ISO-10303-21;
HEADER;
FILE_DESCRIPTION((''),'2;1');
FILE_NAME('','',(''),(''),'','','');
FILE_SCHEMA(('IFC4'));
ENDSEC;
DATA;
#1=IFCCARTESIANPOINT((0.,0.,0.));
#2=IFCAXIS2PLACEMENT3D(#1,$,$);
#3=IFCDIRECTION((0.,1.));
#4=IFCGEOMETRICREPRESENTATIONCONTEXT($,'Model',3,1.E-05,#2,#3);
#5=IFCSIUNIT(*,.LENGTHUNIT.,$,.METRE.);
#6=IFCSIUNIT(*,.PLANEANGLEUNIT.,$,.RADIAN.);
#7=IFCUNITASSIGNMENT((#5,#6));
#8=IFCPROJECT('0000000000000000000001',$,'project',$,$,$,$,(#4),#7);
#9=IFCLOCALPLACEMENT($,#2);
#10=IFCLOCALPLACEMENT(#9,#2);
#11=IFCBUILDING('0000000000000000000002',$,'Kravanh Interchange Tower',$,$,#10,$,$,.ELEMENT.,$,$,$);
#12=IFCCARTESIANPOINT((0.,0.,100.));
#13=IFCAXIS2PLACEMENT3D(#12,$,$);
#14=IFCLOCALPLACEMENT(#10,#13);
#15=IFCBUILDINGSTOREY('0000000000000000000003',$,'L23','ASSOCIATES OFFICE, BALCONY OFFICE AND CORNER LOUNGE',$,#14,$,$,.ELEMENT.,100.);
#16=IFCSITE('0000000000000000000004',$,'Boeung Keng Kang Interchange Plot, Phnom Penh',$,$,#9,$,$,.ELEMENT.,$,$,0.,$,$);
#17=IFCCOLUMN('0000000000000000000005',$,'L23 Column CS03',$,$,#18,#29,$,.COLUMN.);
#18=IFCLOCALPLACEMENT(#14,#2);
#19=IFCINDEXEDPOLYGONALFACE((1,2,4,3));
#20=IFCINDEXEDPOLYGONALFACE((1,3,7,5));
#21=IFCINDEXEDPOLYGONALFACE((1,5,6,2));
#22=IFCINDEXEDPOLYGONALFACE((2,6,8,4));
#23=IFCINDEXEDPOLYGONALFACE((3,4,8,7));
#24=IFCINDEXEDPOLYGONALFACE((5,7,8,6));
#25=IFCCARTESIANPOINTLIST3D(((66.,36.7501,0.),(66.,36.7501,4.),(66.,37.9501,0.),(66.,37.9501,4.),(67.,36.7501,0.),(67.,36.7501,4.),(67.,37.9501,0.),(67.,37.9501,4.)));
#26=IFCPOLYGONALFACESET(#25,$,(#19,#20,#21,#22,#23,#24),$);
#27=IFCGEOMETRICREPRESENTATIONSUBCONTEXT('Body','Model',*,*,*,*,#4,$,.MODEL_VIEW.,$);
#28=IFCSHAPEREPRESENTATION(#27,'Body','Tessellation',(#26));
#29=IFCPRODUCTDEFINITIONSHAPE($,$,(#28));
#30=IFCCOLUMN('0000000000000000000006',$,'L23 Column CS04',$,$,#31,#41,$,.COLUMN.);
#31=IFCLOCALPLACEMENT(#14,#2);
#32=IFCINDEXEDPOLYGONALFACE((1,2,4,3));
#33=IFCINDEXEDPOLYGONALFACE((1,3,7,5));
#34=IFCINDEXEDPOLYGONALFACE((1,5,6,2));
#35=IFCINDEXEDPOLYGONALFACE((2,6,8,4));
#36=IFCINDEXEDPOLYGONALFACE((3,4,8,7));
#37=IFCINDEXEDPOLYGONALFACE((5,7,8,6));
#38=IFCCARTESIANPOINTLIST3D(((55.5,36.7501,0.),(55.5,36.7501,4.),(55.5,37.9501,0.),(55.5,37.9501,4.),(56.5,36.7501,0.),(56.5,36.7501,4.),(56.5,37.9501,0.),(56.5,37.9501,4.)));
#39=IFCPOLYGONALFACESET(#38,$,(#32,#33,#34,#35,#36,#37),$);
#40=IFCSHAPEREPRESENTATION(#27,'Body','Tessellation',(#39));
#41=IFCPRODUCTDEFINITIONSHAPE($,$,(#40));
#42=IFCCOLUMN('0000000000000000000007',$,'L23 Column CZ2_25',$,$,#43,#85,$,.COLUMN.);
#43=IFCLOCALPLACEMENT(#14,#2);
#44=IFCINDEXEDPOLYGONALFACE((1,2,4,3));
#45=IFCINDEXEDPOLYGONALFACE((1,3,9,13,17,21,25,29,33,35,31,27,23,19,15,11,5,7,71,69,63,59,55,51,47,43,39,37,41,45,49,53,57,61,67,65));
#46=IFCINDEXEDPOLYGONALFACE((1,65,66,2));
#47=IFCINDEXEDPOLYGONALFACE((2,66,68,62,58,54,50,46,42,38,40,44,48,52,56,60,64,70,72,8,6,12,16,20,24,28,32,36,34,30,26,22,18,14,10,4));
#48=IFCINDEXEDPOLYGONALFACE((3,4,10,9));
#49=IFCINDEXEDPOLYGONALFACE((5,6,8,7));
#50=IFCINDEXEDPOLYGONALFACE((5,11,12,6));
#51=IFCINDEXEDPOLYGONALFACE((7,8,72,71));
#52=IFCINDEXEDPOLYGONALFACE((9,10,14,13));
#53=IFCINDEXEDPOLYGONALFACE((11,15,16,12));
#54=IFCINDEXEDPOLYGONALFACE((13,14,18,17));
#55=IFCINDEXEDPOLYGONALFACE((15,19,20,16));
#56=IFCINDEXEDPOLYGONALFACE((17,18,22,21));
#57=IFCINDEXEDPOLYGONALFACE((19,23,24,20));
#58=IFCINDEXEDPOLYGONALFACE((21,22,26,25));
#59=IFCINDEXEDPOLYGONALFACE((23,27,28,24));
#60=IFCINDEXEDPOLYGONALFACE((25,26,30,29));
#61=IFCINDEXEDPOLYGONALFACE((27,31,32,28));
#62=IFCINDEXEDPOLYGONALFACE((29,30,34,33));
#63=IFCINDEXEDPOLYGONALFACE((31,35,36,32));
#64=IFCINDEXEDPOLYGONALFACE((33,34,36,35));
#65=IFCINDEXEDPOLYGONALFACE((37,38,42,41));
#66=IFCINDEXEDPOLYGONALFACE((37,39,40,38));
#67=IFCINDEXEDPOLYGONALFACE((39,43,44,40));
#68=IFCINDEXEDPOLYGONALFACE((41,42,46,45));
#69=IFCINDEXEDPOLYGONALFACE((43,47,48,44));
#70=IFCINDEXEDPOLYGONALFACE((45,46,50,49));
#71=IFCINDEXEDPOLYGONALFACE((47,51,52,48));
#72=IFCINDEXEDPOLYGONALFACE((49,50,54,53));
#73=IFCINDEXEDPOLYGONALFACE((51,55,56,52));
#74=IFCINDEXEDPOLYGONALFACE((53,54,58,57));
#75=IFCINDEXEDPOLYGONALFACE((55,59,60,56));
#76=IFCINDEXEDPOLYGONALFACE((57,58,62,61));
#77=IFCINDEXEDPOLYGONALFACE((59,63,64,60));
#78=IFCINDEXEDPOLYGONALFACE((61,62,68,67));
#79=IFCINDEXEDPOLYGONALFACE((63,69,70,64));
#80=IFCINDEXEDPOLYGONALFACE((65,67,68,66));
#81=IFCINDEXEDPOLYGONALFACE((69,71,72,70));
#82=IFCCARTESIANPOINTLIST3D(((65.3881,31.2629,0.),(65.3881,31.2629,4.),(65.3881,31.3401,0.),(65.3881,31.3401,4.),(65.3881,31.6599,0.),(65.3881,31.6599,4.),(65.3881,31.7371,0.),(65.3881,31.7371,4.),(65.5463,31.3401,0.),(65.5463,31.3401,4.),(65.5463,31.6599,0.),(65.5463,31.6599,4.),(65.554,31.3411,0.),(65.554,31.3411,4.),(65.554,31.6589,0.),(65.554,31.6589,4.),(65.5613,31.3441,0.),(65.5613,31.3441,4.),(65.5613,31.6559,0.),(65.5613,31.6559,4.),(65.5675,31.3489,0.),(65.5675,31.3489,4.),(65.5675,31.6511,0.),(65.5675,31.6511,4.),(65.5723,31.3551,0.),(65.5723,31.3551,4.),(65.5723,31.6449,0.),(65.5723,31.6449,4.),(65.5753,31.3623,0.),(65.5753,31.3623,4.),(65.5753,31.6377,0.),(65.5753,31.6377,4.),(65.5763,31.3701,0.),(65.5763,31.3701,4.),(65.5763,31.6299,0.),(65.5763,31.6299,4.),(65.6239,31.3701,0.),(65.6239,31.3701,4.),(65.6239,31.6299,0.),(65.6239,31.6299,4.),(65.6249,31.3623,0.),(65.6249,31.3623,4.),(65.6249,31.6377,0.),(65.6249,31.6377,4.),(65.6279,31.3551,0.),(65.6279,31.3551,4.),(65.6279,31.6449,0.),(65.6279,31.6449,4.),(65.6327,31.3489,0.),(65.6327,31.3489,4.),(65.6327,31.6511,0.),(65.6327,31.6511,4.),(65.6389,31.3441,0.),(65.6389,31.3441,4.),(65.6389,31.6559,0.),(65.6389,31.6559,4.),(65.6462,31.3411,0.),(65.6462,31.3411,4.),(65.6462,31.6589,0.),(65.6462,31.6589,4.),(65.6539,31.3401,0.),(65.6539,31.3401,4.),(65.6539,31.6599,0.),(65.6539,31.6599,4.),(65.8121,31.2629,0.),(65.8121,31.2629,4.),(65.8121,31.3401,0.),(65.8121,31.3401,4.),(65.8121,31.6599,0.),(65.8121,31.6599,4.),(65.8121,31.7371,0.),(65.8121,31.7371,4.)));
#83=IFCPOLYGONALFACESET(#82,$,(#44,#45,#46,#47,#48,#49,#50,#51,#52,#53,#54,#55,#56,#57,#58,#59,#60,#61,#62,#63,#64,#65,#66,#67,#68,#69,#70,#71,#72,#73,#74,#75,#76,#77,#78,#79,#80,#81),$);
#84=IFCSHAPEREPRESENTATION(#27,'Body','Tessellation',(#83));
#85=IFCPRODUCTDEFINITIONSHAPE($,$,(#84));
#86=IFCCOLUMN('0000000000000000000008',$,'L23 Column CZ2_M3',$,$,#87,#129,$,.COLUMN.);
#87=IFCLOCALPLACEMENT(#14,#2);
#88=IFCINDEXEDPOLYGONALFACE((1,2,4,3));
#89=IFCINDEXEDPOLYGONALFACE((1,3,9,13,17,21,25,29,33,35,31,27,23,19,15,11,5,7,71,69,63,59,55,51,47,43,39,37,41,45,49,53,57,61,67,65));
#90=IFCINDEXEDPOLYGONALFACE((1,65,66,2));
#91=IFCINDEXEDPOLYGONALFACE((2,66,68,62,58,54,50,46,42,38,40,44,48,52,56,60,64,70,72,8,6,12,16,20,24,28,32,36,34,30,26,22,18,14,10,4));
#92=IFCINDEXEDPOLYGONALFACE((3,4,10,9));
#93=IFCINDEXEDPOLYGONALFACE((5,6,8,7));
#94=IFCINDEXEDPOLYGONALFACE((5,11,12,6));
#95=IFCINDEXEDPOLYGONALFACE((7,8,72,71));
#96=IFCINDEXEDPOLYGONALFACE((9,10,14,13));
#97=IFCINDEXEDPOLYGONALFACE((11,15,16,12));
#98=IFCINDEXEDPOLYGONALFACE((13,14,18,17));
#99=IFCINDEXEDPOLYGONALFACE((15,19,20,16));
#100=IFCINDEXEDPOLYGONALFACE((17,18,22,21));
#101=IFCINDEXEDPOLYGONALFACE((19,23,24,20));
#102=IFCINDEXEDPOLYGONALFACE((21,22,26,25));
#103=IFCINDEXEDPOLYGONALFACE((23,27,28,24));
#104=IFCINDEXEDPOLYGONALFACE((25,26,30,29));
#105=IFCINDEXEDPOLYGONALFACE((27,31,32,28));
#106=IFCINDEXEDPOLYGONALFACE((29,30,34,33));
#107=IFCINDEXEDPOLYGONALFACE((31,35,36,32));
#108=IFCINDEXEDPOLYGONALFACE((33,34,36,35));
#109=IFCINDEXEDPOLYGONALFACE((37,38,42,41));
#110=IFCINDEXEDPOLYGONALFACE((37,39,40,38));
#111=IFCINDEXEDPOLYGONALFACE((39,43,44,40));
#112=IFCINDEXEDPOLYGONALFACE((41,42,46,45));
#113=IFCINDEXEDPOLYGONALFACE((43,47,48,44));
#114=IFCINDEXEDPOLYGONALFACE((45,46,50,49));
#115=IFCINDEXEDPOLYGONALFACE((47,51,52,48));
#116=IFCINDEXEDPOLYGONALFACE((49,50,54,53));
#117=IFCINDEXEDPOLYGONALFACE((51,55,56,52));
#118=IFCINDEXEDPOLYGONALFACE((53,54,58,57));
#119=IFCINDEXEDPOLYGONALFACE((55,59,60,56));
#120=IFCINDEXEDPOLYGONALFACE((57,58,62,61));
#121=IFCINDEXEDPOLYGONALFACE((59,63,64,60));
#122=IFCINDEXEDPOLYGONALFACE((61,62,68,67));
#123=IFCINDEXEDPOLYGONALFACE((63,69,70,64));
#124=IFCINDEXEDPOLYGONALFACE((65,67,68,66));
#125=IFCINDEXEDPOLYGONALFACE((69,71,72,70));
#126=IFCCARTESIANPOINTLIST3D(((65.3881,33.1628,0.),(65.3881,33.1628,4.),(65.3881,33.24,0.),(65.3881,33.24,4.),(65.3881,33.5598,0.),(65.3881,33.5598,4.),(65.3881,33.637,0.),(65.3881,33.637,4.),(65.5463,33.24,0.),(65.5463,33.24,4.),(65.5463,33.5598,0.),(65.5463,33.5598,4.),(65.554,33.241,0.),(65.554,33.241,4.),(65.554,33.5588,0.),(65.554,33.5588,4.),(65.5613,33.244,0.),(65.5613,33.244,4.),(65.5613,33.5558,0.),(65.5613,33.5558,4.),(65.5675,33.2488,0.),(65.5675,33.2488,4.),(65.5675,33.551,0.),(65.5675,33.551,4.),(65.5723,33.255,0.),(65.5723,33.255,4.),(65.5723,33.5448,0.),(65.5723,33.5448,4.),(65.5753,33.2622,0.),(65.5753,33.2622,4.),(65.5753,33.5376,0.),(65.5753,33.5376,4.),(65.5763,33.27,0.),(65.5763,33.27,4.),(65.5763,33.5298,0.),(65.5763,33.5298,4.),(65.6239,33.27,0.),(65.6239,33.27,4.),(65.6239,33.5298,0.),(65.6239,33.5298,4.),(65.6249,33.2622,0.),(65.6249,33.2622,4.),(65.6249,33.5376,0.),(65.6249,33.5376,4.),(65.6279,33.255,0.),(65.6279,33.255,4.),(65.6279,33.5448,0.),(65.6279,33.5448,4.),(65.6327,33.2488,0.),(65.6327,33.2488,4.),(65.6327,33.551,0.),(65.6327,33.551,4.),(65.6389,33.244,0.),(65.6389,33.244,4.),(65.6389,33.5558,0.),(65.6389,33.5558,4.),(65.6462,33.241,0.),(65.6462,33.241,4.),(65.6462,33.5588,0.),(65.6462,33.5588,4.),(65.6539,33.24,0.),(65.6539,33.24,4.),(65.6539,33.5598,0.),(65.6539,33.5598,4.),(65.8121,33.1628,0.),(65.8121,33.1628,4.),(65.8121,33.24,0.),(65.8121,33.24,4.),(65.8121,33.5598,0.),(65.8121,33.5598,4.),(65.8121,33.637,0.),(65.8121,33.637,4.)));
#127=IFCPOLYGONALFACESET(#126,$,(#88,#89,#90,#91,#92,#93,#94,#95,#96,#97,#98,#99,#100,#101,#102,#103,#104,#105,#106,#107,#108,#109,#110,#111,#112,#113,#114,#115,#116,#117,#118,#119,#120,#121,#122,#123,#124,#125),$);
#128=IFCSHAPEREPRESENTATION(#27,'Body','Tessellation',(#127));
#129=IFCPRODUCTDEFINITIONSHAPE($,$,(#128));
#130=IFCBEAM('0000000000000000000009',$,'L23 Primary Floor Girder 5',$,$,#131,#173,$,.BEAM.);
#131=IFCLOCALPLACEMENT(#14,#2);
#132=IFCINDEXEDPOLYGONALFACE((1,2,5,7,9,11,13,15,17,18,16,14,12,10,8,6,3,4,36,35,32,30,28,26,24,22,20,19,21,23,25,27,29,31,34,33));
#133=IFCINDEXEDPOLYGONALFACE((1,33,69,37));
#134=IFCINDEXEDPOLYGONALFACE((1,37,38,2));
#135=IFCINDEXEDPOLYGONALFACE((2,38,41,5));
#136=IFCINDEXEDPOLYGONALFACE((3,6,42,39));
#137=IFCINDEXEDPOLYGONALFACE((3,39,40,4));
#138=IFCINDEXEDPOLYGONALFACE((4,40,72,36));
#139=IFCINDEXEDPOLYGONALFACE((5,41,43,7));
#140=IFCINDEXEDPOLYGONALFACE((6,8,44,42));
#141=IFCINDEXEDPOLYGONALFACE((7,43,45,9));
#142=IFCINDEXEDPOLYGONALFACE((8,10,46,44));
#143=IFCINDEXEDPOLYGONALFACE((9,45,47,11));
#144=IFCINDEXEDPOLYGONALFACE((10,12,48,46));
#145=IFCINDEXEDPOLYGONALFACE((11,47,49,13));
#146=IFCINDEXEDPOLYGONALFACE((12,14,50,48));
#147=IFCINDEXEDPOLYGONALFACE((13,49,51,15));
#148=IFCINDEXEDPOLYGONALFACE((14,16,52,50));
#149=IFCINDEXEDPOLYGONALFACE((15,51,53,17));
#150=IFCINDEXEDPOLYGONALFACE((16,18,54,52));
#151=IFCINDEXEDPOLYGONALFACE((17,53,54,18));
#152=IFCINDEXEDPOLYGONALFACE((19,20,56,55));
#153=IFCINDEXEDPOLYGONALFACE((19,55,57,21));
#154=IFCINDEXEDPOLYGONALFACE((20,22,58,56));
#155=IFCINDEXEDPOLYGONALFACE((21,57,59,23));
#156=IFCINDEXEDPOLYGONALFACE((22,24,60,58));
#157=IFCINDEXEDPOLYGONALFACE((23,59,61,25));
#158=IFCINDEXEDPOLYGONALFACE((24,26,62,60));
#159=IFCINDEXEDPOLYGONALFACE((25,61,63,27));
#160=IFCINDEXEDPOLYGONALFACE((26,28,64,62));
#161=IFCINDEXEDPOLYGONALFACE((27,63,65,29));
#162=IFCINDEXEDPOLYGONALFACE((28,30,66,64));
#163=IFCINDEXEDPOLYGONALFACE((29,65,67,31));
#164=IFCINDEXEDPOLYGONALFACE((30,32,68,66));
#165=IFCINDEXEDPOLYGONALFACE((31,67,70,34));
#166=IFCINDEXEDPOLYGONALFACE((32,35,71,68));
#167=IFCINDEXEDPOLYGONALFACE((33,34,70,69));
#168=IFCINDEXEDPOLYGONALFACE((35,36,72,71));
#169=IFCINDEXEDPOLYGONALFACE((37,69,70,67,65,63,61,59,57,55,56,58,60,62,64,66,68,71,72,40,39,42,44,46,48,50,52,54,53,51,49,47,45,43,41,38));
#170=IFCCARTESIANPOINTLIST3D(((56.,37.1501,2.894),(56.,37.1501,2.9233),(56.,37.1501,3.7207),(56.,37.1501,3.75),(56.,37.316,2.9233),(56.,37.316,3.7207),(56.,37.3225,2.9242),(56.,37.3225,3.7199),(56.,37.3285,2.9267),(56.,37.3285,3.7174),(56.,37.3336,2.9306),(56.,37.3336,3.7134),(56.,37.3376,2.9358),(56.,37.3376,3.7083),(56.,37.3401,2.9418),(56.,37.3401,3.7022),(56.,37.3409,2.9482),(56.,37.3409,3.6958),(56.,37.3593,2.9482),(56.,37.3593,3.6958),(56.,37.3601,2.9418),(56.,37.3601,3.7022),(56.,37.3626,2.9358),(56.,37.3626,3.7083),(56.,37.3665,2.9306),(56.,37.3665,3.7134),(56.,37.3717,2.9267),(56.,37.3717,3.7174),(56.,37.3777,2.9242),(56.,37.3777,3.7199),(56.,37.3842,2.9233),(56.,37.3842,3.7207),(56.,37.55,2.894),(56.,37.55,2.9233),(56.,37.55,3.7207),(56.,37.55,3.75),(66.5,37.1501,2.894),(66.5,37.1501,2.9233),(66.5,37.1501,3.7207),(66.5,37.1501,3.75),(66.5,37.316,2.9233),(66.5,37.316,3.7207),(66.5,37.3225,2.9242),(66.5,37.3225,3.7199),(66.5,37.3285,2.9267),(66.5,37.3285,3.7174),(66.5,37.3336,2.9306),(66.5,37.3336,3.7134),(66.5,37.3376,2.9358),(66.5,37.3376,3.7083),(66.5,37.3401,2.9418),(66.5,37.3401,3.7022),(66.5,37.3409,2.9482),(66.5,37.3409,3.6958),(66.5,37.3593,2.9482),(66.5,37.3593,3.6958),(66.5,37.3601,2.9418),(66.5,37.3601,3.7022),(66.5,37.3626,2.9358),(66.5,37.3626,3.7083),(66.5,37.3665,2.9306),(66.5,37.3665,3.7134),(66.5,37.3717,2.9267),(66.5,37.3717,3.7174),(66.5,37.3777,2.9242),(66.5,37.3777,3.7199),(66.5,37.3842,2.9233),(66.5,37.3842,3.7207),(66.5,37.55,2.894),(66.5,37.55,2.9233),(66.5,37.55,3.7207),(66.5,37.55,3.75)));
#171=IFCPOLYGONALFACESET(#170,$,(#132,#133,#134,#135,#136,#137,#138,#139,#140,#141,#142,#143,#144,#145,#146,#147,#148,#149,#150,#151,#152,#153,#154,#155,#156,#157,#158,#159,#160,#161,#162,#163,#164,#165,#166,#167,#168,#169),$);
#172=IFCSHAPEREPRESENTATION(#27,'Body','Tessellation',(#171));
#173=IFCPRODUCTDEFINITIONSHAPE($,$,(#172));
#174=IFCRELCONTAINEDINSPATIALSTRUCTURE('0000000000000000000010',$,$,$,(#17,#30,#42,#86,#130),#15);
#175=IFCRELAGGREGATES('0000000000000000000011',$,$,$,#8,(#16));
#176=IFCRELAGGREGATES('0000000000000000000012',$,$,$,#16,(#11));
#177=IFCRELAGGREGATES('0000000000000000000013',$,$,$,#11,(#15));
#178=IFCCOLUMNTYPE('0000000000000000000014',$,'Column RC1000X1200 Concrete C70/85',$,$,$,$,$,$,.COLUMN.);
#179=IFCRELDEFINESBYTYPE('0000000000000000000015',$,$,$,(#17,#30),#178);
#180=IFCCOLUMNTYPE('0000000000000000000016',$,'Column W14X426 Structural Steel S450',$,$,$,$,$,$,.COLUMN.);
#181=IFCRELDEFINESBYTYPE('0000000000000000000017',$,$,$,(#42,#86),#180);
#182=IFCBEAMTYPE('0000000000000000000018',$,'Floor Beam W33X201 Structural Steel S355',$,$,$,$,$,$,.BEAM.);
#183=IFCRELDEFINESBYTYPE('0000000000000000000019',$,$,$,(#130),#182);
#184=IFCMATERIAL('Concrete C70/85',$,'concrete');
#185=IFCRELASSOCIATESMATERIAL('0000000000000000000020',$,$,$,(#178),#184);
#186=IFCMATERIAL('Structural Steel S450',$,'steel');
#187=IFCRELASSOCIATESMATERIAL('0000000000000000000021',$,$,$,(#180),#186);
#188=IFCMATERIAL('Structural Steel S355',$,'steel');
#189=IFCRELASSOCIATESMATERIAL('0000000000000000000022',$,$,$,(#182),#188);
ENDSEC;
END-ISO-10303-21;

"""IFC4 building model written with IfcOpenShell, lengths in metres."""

from ifc_helpers import new_model, si_unit, direction, frame, origin, origin_2d, place, context, subcontext, project, spatial, rectangle, i_section, extrude, material, material_profile, profile_set, type_object, element, save


model = new_model("IFC4")

# Units and contexts
model_context = context("Model", 3, precision=1e-05, world=origin(), true_north=direction((0.0, 1.0)))
body_context = subcontext(model_context, "Body", "Model", "MODEL_VIEW")
ifc_project = project(units=[si_unit("LENGTHUNIT", "METRE"), si_unit("PLANEANGLEUNIT", "RADIAN")], contexts=[model_context])

# Site, building, storey
site_placement = place(None, origin())
site = spatial("IfcSite", under=ifc_project, at=site_placement, Name="Boeung Keng Kang Interchange Plot, Phnom Penh", CompositionType="ELEMENT", RefElevation=0.0)
building_placement = place(site_placement, origin())
building = spatial("IfcBuilding", under=site, at=building_placement, Name="Kravanh Interchange Tower", CompositionType="ELEMENT")
storey_placement = place(building_placement, frame((0.0, 0.0, 100.0)))
storey = spatial("IfcBuildingStorey", under=building, at=storey_placement, Name="L23", Description="ASSOCIATES OFFICE, BALCONY OFFICE AND CORNER LOUNGE", CompositionType="ELEMENT", Elevation=100.0)

# Columns
ifc_material_1 = material(Name="Concrete C70/85", Category="concrete")
ifc_material_profile_1 = material_profile(ifc_material_1, rectangle(XDim=1.0, YDim=1.2, at=origin_2d()), Name="RC1000X1200")
ifc_profile_set_1 = profile_set([ifc_material_profile_1], Name="Concrete C70/85")
column_type_1 = type_object("IfcColumnType", Name="Column RC1000X1200 Concrete C70/85", PredefinedType="COLUMN", material=ifc_profile_set_1)
for number, where, z_axis, x_axis, name in (
    (1, (66.5, 37.3501, 0.0), (0.0, 0.0, 1.0), (1.0, 0.0, 0.0), "L23 Column CS03"),
    (2, (56.0, 37.3501, 0.0), (0.0, 0.0, 1.0), (1.0, 0.0, 0.0), "L23 Column CS04"),
):
    element("IfcColumn", number, at=place(storey_placement, frame(where, z_axis=z_axis, x_axis=x_axis)), inside=storey, type_object=column_type_1, Name=name, PredefinedType="COLUMN", context=body_context, shape_type="SweptSolid", body=[
        extrude(rectangle(XDim=1.0, YDim=1.2, at=origin_2d()), origin(), (0.0, 0.0, 1.0), 4.0),
    ])
ifc_material_2 = material(Name="Structural Steel S450", Category="steel")
ifc_material_profile_2 = material_profile(ifc_material_2, i_section(OverallWidth=0.4241, OverallDepth=0.4741, WebThickness=0.0476, FlangeThickness=0.0771, FilletRadius=0.03, at=origin_2d()), Name="W14X426")
ifc_profile_set_2 = profile_set([ifc_material_profile_2], Name="Structural Steel S450")
column_type_2 = type_object("IfcColumnType", Name="Column W14X426 Structural Steel S450", PredefinedType="COLUMN", material=ifc_profile_set_2)
for number, where, z_axis, x_axis, name in (
    (3, (65.6001, 31.5, 0.0), (0.0, 0.0, 1.0), (1.0, 0.0, 0.0), "L23 Column CZ2_25"),
    (4, (65.6001, 33.3999, 0.0), (0.0, 0.0, 1.0), (1.0, 0.0, 0.0), "L23 Column CZ2_M3"),
):
    element("IfcColumn", number, at=place(storey_placement, frame(where, z_axis=z_axis, x_axis=x_axis)), inside=storey, type_object=column_type_2, Name=name, PredefinedType="COLUMN", context=body_context, shape_type="SweptSolid", body=[
        extrude(i_section(OverallWidth=0.4241, OverallDepth=0.4741, WebThickness=0.0476, FlangeThickness=0.0771, FilletRadius=0.03, at=origin_2d()), origin(), (0.0, 0.0, 1.0), 4.0),
    ])

# Beam
ifc_material_3 = material(Name="Structural Steel S355", Category="steel")
ifc_material_profile_3 = material_profile(ifc_material_3, i_section(OverallWidth=0.3999, OverallDepth=0.856, WebThickness=0.0183, FlangeThickness=0.0293, FilletRadius=0.0249, at=origin_2d()), Name="W33X201")
ifc_profile_set_3 = profile_set([ifc_material_profile_3], Name="Structural Steel S355")
beam_type_1 = type_object("IfcBeamType", Name="Floor Beam W33X201 Structural Steel S355", PredefinedType="BEAM", material=ifc_profile_set_3)
beam_1_placement = place(storey_placement, frame((66.5, 37.3501, 3.322), z_axis=(-1.0, 0.0, 0.0), x_axis=(0.0, -1.0, 0.0)))
element("IfcBeam", 5, at=beam_1_placement, inside=storey, type_object=beam_type_1, Name="L23 Primary Floor Girder 5", PredefinedType="BEAM", context=body_context, shape_type="SweptSolid", body=[
    extrude(i_section(OverallWidth=0.3999, OverallDepth=0.856, WebThickness=0.0183, FlangeThickness=0.0293, FilletRadius=0.0249, at=origin_2d()), origin(), (0.0, 0.0, 1.0), 10.5),
])

save(model, "model.ifc")
